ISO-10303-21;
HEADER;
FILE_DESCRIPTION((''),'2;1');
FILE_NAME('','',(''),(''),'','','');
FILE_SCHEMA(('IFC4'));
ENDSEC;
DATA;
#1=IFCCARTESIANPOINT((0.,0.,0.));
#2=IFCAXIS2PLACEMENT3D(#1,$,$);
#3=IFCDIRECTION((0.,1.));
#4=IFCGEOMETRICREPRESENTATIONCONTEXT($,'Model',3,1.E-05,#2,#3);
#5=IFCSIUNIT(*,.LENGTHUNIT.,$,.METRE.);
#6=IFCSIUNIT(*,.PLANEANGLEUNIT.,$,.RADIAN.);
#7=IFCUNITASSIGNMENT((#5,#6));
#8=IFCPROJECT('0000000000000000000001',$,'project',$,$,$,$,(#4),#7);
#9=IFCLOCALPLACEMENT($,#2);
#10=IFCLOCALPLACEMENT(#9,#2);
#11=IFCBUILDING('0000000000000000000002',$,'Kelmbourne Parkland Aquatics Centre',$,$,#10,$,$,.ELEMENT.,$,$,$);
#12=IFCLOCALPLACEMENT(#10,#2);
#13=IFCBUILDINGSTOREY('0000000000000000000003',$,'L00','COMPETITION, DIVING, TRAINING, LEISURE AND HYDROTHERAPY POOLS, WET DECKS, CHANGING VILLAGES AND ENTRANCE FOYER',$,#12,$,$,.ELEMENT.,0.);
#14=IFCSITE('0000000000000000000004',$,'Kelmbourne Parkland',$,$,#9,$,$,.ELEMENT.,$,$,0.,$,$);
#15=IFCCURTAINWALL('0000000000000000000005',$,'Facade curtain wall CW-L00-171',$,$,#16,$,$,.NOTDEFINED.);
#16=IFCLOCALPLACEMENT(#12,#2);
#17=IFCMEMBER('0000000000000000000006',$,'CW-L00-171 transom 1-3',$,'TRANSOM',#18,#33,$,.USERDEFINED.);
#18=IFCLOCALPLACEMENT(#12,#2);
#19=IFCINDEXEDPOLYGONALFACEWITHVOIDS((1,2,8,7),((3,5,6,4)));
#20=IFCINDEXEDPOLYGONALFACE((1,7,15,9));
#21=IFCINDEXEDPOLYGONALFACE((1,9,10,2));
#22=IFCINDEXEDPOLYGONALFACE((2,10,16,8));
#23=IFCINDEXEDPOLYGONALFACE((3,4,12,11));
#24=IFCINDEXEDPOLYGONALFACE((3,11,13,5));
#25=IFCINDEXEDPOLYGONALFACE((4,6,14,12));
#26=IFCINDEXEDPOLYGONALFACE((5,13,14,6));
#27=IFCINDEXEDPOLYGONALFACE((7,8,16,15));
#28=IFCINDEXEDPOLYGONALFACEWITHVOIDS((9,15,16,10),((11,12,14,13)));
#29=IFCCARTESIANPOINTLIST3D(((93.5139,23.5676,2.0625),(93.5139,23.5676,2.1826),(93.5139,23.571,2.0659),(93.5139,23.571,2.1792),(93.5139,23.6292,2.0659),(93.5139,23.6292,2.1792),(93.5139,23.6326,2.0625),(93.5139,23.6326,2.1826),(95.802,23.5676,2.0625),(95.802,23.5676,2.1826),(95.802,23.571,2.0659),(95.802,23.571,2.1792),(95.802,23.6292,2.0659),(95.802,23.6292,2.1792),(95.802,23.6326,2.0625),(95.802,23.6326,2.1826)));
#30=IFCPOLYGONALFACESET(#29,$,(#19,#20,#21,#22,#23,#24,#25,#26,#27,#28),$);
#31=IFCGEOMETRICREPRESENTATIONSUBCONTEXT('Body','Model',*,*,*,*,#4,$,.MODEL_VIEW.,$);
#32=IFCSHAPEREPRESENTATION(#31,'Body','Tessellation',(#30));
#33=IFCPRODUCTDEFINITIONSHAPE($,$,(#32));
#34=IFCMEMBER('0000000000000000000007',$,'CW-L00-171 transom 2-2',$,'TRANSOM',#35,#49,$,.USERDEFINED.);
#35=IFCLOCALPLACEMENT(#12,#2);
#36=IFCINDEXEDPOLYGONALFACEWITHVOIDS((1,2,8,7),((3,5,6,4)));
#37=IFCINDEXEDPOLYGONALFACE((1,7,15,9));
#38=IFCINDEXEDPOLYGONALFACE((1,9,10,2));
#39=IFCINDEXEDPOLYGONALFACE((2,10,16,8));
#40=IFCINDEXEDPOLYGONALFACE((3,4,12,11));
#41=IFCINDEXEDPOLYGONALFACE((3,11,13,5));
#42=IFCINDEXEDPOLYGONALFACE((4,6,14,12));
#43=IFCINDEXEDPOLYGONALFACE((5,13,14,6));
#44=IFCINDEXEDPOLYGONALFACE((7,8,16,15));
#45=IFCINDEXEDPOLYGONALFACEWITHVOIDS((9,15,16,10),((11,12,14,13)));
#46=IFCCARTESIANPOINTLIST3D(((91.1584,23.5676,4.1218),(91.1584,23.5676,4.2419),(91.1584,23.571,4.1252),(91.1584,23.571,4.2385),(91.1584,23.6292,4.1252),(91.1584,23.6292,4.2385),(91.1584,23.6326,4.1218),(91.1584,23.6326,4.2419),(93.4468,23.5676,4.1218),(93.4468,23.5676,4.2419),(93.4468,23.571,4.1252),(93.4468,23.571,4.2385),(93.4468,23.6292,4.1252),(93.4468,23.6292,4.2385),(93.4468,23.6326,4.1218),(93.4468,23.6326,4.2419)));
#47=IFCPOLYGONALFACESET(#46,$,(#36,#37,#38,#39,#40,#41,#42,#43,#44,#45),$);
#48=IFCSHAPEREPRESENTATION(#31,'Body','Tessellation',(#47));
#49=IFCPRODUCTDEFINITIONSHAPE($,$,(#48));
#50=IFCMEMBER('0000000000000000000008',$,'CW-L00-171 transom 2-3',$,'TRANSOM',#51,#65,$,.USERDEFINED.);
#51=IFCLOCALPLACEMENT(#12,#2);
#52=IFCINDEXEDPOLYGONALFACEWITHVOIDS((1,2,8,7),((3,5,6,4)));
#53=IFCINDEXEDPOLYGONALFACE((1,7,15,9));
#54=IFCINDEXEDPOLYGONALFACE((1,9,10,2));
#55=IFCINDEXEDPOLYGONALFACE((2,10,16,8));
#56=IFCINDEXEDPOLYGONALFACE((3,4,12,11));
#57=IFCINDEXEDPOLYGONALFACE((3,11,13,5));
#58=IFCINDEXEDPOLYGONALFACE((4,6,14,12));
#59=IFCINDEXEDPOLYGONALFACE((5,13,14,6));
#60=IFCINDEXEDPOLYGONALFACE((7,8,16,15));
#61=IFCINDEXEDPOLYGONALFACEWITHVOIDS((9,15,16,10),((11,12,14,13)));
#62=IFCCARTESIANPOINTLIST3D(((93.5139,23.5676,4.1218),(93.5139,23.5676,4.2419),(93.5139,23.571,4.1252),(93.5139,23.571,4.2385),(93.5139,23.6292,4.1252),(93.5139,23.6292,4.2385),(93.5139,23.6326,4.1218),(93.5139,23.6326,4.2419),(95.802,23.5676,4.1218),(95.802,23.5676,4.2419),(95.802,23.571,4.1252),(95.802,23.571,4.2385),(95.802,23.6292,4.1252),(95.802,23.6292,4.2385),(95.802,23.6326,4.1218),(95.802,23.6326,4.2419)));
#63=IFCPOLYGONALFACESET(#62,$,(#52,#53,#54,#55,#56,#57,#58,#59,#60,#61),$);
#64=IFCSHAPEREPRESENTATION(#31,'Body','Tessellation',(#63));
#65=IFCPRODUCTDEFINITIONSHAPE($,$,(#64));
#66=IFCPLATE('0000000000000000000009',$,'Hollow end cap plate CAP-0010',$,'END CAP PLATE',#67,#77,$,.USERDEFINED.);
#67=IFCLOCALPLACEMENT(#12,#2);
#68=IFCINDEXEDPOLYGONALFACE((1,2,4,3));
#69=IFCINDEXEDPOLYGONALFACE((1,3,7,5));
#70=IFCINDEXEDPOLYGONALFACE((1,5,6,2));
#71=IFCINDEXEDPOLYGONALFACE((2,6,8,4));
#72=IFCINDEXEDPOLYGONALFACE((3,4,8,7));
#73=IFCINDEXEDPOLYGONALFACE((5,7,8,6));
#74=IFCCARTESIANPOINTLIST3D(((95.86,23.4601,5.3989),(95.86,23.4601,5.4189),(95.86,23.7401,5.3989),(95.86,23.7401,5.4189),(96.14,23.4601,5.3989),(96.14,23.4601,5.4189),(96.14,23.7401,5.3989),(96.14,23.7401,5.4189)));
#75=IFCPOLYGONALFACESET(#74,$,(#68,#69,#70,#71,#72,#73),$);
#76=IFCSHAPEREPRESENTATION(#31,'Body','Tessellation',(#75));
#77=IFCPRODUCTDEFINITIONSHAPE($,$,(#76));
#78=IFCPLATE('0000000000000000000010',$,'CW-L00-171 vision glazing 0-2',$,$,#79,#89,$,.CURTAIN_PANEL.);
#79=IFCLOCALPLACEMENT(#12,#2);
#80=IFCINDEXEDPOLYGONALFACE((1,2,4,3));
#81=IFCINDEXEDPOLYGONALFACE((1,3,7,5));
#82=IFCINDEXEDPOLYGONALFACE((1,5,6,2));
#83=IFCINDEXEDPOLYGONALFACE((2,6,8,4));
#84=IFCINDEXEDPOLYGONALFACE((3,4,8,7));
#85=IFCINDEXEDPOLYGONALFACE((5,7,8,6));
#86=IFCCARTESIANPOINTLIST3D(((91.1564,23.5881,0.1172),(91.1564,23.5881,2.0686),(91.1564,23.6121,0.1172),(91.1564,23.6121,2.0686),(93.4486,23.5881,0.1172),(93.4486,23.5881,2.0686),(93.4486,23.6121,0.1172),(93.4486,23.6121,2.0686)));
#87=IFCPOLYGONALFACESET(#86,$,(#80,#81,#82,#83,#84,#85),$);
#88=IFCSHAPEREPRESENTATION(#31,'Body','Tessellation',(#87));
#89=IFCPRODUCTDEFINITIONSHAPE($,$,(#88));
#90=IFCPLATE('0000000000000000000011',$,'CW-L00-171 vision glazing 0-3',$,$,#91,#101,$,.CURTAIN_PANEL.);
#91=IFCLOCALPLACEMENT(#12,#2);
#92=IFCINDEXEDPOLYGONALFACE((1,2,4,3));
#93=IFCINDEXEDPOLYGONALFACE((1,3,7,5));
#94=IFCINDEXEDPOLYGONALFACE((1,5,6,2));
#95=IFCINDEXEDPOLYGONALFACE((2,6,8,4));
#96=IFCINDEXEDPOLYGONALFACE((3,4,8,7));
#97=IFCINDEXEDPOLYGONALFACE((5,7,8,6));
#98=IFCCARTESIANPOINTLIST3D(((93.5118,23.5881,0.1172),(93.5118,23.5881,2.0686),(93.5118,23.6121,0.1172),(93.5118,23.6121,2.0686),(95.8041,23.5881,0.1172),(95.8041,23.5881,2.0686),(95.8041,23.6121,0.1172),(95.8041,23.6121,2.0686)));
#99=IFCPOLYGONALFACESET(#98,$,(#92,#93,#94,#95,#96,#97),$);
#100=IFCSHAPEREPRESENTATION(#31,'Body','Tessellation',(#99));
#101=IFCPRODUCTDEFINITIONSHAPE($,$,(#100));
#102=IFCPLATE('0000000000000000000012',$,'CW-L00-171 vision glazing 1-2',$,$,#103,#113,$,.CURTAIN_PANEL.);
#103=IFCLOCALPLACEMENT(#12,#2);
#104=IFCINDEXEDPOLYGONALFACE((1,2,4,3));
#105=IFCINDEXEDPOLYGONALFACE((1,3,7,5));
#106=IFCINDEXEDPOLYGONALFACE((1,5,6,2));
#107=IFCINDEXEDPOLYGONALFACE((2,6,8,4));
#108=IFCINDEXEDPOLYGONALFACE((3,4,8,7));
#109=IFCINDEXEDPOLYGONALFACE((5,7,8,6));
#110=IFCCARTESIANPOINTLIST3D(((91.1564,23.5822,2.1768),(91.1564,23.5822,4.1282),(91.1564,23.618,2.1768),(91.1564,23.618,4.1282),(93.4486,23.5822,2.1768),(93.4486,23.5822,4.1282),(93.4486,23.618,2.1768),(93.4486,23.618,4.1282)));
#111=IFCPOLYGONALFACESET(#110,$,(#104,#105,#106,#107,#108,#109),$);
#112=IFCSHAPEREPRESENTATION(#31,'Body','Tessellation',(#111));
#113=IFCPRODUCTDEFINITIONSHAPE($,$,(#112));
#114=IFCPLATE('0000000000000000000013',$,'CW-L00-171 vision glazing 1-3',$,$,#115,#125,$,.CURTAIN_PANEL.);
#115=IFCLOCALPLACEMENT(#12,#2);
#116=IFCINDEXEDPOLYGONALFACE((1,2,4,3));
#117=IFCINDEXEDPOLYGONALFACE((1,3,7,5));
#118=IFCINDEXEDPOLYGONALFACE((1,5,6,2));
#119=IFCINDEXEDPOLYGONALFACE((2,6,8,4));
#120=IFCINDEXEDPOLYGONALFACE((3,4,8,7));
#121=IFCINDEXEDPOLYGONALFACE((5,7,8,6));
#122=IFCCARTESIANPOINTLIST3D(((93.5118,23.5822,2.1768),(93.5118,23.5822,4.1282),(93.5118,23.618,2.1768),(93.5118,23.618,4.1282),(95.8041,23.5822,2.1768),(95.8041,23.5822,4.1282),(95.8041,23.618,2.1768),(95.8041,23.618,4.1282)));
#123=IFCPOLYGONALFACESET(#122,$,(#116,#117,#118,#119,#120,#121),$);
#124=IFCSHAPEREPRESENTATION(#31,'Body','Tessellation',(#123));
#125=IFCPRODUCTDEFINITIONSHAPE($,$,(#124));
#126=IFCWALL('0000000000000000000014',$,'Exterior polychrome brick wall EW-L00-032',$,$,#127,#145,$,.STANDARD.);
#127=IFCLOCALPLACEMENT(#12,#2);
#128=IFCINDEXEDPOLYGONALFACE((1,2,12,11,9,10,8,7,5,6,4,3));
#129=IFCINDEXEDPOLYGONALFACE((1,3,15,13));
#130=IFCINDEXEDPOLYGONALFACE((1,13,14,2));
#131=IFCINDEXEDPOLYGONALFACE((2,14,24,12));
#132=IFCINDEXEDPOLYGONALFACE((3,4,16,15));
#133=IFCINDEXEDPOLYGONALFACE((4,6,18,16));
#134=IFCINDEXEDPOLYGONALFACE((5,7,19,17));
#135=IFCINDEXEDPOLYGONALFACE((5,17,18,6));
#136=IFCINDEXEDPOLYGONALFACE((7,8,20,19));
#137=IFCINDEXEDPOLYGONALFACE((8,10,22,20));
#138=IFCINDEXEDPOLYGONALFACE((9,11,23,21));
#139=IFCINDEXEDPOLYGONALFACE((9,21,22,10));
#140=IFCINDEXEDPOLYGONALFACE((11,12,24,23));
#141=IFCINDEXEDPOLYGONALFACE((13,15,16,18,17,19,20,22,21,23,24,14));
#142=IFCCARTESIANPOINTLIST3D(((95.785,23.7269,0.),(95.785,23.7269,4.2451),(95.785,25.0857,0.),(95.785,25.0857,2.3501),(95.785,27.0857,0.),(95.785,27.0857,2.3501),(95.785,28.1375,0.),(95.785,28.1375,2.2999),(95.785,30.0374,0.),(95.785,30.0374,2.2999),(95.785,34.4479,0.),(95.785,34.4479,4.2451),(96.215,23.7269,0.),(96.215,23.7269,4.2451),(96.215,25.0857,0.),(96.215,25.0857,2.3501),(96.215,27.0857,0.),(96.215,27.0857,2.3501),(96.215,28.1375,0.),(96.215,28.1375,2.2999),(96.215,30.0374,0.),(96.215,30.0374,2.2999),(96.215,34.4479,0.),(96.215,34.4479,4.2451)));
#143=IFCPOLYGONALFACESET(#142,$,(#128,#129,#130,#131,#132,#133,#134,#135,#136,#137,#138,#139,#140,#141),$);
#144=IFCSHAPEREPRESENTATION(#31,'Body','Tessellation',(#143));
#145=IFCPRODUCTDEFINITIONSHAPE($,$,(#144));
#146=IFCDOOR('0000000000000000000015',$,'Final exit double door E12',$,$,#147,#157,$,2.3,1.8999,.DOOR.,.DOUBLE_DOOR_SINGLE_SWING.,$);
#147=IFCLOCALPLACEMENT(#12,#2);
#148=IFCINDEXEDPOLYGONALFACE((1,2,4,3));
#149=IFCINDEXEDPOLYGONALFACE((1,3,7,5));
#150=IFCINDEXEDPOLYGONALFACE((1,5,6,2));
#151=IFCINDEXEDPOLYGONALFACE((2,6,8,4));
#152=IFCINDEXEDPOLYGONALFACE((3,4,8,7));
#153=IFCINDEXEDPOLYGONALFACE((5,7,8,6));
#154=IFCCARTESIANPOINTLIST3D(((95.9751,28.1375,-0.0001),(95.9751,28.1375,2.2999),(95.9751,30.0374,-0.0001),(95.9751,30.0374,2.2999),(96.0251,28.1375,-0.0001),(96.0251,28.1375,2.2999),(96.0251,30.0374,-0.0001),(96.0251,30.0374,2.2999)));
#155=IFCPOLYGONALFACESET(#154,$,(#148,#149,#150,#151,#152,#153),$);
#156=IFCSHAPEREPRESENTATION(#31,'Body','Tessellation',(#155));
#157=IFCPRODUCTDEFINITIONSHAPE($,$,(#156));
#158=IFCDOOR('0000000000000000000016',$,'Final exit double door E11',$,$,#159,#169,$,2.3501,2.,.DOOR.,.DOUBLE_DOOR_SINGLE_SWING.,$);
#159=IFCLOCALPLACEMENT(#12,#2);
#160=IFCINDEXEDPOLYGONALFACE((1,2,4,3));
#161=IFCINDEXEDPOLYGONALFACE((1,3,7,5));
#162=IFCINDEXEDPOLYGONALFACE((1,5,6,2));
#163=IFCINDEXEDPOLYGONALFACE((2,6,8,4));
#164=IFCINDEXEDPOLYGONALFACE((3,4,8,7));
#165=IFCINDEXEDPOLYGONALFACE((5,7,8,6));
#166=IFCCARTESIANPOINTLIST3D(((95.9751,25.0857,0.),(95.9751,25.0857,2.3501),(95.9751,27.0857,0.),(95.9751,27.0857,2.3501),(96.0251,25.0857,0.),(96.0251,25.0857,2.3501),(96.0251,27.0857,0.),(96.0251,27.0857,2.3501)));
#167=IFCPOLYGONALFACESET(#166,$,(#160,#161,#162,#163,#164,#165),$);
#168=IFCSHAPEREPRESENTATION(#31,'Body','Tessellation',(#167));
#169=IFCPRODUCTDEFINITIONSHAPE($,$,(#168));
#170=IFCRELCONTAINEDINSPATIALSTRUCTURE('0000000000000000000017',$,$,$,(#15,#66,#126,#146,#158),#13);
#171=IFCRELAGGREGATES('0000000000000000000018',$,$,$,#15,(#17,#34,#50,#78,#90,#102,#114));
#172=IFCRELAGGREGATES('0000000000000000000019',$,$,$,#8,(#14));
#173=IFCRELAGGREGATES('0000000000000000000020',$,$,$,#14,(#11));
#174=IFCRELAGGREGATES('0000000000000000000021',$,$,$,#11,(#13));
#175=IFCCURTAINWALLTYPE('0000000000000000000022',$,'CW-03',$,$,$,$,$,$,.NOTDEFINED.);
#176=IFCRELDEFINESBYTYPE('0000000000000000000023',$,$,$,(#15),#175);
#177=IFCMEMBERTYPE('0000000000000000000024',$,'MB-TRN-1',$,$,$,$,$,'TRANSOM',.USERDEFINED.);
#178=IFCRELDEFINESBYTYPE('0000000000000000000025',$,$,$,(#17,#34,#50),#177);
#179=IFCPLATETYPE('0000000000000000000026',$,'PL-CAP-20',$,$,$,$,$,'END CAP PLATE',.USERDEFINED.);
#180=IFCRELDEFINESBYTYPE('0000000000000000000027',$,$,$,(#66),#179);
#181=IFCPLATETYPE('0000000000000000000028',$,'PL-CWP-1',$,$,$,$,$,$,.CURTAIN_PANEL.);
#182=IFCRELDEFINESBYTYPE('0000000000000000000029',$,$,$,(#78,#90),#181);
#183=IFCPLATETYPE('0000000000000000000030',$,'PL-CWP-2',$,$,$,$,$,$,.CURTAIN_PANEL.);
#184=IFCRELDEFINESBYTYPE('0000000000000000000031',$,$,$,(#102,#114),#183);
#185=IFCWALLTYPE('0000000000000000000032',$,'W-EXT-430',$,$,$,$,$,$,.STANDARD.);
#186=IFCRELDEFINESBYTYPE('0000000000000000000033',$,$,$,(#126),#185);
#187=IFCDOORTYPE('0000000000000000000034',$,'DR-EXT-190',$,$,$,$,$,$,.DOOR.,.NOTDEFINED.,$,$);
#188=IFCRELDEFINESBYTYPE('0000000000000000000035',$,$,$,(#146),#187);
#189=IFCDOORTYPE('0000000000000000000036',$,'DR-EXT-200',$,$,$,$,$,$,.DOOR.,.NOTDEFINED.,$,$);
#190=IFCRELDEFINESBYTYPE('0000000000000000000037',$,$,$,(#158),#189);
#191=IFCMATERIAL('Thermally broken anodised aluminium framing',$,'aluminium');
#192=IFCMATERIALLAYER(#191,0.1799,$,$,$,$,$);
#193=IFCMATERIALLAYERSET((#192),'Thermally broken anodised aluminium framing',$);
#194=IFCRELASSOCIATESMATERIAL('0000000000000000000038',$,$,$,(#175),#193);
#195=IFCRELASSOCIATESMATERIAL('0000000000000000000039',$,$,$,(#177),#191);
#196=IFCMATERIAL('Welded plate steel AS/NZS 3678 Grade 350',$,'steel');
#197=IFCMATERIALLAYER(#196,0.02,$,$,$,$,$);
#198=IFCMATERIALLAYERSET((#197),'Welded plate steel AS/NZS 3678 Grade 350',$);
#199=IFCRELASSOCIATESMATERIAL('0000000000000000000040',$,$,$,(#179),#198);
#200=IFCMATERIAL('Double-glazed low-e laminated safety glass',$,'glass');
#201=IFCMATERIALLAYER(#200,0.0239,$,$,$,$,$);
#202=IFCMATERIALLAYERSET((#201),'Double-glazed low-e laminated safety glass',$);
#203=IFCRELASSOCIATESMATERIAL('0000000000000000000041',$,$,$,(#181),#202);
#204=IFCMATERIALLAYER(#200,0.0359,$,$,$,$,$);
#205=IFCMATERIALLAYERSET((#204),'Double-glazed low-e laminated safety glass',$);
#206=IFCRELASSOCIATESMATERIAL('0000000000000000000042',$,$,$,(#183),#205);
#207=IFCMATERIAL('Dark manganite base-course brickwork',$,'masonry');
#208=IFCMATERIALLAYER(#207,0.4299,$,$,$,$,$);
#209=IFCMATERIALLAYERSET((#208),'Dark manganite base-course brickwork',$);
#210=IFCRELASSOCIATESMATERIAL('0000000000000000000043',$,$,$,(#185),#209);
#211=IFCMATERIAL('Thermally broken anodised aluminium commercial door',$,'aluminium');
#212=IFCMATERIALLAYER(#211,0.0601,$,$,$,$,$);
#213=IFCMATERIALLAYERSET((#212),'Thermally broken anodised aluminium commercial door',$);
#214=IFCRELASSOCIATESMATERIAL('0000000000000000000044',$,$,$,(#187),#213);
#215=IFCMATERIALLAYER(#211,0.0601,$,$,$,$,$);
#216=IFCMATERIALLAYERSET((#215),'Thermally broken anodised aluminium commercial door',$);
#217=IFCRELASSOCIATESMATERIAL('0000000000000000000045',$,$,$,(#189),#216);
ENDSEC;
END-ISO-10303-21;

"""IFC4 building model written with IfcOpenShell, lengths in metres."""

from ifc_helpers import new_model, si_unit, direction, frame, frame_2d, origin, origin_2d, place, context, subcontext, project, spatial, rectangle, hollow_rectangle, extrude, material, layer, layer_set, material_profile, profile_set, type_object, element, fill, aggregate, save


model = new_model("IFC4")

# Units and contexts
model_context = context("Model", 3, precision=1e-05, world=origin(), true_north=direction((0.0, 1.0)))
body_context = subcontext(model_context, "Body", "Model", "MODEL_VIEW")
ifc_project = project(units=[si_unit("LENGTHUNIT", "METRE"), si_unit("PLANEANGLEUNIT", "RADIAN")], contexts=[model_context])

# Site, building, storey
site_placement = place(None, origin())
site = spatial("IfcSite", under=ifc_project, at=site_placement, Name="Kelmbourne Parkland", CompositionType="ELEMENT", RefElevation=0.0)
building_placement = place(site_placement, origin())
building = spatial("IfcBuilding", under=site, at=building_placement, Name="Kelmbourne Parkland Aquatics Centre", CompositionType="ELEMENT")
storey_placement = place(building_placement, origin())
storey = spatial("IfcBuildingStorey", under=building, at=storey_placement, Name="L00", Description="COMPETITION, DIVING, TRAINING, LEISURE AND HYDROTHERAPY POOLS, WET DECKS, CHANGING VILLAGES AND ENTRANCE FOYER", CompositionType="ELEMENT", Elevation=0.0)

# Curtain wall, members
ifc_material_1 = material(Name="Thermally broken anodised aluminium framing", Category="aluminium")
ifc_layer_1 = layer(ifc_material_1, 0.1799)
ifc_layer_set_1 = layer_set([ifc_layer_1], Name="Thermally broken anodised aluminium framing")
curtain_wall_type = type_object("IfcCurtainWallType", Name="CW-03", PredefinedType="NOTDEFINED", material=ifc_layer_set_1)
curtain_wall_placement = place(storey_placement, origin())
curtain_wall = element("IfcCurtainWall", 1, at=curtain_wall_placement, inside=storey, type_object=curtain_wall_type, Name="Facade curtain wall CW-L00-171", PredefinedType="NOTDEFINED")
ifc_material_profile_1 = material_profile(ifc_material_1, hollow_rectangle(XDim=0.0649, YDim=0.1201, WallThickness=0.0034, at=origin_2d()), Name="CW-T 65x120")
ifc_profile_set_1 = profile_set([ifc_material_profile_1], Name="Thermally broken anodised aluminium framing")
member_type_1 = type_object("IfcMemberType", Name="MB-TRN-1", ElementType="TRANSOM", PredefinedType="USERDEFINED", material=ifc_profile_set_1)
member_1_placement = place(storey_placement, frame((93.5139, 23.6001, 2.1226), z_axis=(1.0, 0.0, 0.0), x_axis=(0.0, 1.0, 0.0)))
member_1 = element("IfcMember", 2, at=member_1_placement, type_object=member_type_1, Name="CW-L00-171 transom 1-3", ObjectType="TRANSOM", PredefinedType="USERDEFINED", context=body_context, shape_type="SweptSolid", body=[
    extrude(hollow_rectangle(XDim=0.0649, YDim=0.1201, WallThickness=0.0034, at=origin_2d()), origin(), (0.0, 0.0, 1.0), 2.2881),
])
member_2_placement = place(storey_placement, frame((91.1584, 23.6001, 4.1819), z_axis=(1.0, 0.0, 0.0), x_axis=(0.0, 1.0, 0.0)))
member_2 = element("IfcMember", 3, at=member_2_placement, type_object=member_type_1, Name="CW-L00-171 transom 2-2", ObjectType="TRANSOM", PredefinedType="USERDEFINED", context=body_context, shape_type="SweptSolid", body=[
    extrude(hollow_rectangle(XDim=0.0649, YDim=0.1201, WallThickness=0.0034, at=origin_2d()), origin(), (0.0, 0.0, 1.0), 2.2883),
])
member_3_placement = place(storey_placement, frame((93.5139, 23.6001, 4.1819), z_axis=(1.0, 0.0, 0.0), x_axis=(0.0, 1.0, 0.0)))
member_3 = element("IfcMember", 4, at=member_3_placement, type_object=member_type_1, Name="CW-L00-171 transom 2-3", ObjectType="TRANSOM", PredefinedType="USERDEFINED", context=body_context, shape_type="SweptSolid", body=[
    extrude(hollow_rectangle(XDim=0.0649, YDim=0.1201, WallThickness=0.0034, at=origin_2d()), origin(), (0.0, 0.0, 1.0), 2.2881),
])

# Plates
ifc_material_2 = material(Name="Welded plate steel AS/NZS 3678 Grade 350", Category="steel")
ifc_layer_2 = layer(ifc_material_2, 0.02)
ifc_layer_set_2 = layer_set([ifc_layer_2], Name="Welded plate steel AS/NZS 3678 Grade 350")
plate_type_1 = type_object("IfcPlateType", Name="PL-CAP-20", ElementType="END CAP PLATE", PredefinedType="USERDEFINED", material=ifc_layer_set_2)
plate_1_placement = place(storey_placement, frame((96.0, 23.6001, 5.3989), z_axis=(0.0, 0.0, 1.0), x_axis=(1.0, 0.0, 0.0)))
element("IfcPlate", 5, at=plate_1_placement, inside=storey, type_object=plate_type_1, Name="Hollow end cap plate CAP-0010", ObjectType="END CAP PLATE", PredefinedType="USERDEFINED", context=body_context, shape_type="SweptSolid", body=[
    extrude(rectangle(XDim=0.28, YDim=0.28, at=origin_2d()), origin(), (0.0, 0.0, 1.0), 0.02),
])
ifc_material_3 = material(Name="Double-glazed low-e laminated safety glass", Category="glass")
ifc_layer_3 = layer(ifc_material_3, 0.0239)
ifc_layer_set_3 = layer_set([ifc_layer_3], Name="Double-glazed low-e laminated safety glass")
plate_type_2 = type_object("IfcPlateType", Name="PL-CWP-1", PredefinedType="CURTAIN_PANEL", material=ifc_layer_set_3)
plate_2_placement = place(storey_placement, frame((92.3025, 23.6001, 0.1172), z_axis=(0.0, 0.0, 1.0), x_axis=(1.0, 0.0, 0.0)))
plate_2 = element("IfcPlate", 6, at=plate_2_placement, type_object=plate_type_2, Name="CW-L00-171 vision glazing 0-2", PredefinedType="CURTAIN_PANEL", context=body_context, shape_type="SweptSolid", body=[
    extrude(rectangle(XDim=2.2922, YDim=0.0239, at=origin_2d()), origin(), (0.0, 0.0, 1.0), 1.9514),
])
plate_3_placement = place(storey_placement, frame((94.658, 23.6001, 0.1172), z_axis=(0.0, 0.0, 1.0), x_axis=(1.0, 0.0, 0.0)))
plate_3 = element("IfcPlate", 7, at=plate_3_placement, type_object=plate_type_2, Name="CW-L00-171 vision glazing 0-3", PredefinedType="CURTAIN_PANEL", context=body_context, shape_type="SweptSolid", body=[
    extrude(rectangle(XDim=2.2922, YDim=0.0239, at=origin_2d()), origin(), (0.0, 0.0, 1.0), 1.9514),
])
ifc_layer_4 = layer(ifc_material_3, 0.0359)
ifc_layer_set_4 = layer_set([ifc_layer_4], Name="Double-glazed low-e laminated safety glass")
plate_type_3 = type_object("IfcPlateType", Name="PL-CWP-2", PredefinedType="CURTAIN_PANEL", material=ifc_layer_set_4)
plate_4_placement = place(storey_placement, frame((92.3025, 23.6001, 2.1768), z_axis=(0.0, 0.0, 1.0), x_axis=(1.0, 0.0, 0.0)))
plate_4 = element("IfcPlate", 8, at=plate_4_placement, type_object=plate_type_3, Name="CW-L00-171 vision glazing 1-2", PredefinedType="CURTAIN_PANEL", context=body_context, shape_type="SweptSolid", body=[
    extrude(rectangle(XDim=2.2922, YDim=0.0359, at=origin_2d()), origin(), (0.0, 0.0, 1.0), 1.9514),
])
plate_5_placement = place(storey_placement, frame((94.658, 23.6001, 2.1768), z_axis=(0.0, 0.0, 1.0), x_axis=(1.0, 0.0, 0.0)))
plate_5 = element("IfcPlate", 9, at=plate_5_placement, type_object=plate_type_3, Name="CW-L00-171 vision glazing 1-3", PredefinedType="CURTAIN_PANEL", context=body_context, shape_type="SweptSolid", body=[
    extrude(rectangle(XDim=2.2922, YDim=0.0359, at=origin_2d()), origin(), (0.0, 0.0, 1.0), 1.9514),
])
aggregate(curtain_wall, [member_1, member_2, member_3, plate_2, plate_3, plate_4, plate_5])

# Wall, openings, doors
ifc_material_4 = material(Name="Dark manganite base-course brickwork", Category="masonry")
ifc_layer_5 = layer(ifc_material_4, 0.4299)
ifc_layer_set_5 = layer_set([ifc_layer_5], Name="Dark manganite base-course brickwork")
wall_type = type_object("IfcWallType", Name="W-EXT-430", PredefinedType="STANDARD", material=ifc_layer_set_5)
wall_placement = place(storey_placement, frame((96.0, 23.7271, 0.0), z_axis=(0.0, 0.0, 1.0), x_axis=(0.0, 1.0, 0.0)))
wall = element("IfcWall", 10, at=wall_placement, inside=storey, type_object=wall_type, Name="Exterior polychrome brick wall EW-L00-032", PredefinedType="STANDARD", context=body_context, shape_type="SweptSolid", body=[
    extrude(rectangle(XDim=10.7209, YDim=0.4299, at=frame_2d((5.3604, 0.0))), origin(), (0.0, 0.0, 1.0), 4.2451),
])
opening_1_placement = place(wall_placement, frame((1.3586, 0.0, 0.0)))
opening_1 = element("IfcOpeningElement", 11, at=opening_1_placement, cuts=wall, PredefinedType="OPENING", context=body_context, shape_type="SweptSolid", body=[
    extrude(rectangle(XDim=2.0, YDim=2.3501, at=frame_2d((1.0, 1.175))), frame((0.0, 0.2271, 0.0), z_axis=(0.0, -1.0, 0.0), x_axis=(1.0, 0.0, 0.0)), (0.0, 0.0, 1.0), 0.4539),
])
opening_2_placement = place(wall_placement, frame((4.4104, 0.0, 0.0)))
opening_2 = element("IfcOpeningElement", 12, at=opening_2_placement, cuts=wall, PredefinedType="OPENING", context=body_context, shape_type="SweptSolid", body=[
    extrude(rectangle(XDim=1.8999, YDim=2.3, at=frame_2d((0.95, 1.1499))), frame((0.0, 0.2271, 0.0), z_axis=(0.0, -1.0, 0.0), x_axis=(1.0, 0.0, 0.0)), (0.0, 0.0, 1.0), 0.4539),
])
ifc_material_5 = material(Name="Thermally broken anodised aluminium commercial door", Category="aluminium")
ifc_layer_6 = layer(ifc_material_5, 0.0601)
ifc_layer_set_6 = layer_set([ifc_layer_6], Name="Thermally broken anodised aluminium commercial door")
door_type_1 = type_object("IfcDoorType", Name="DR-EXT-190", OperationType="NOTDEFINED", PredefinedType="DOOR", material=ifc_layer_set_6)
door_1_placement = place(opening_2_placement, origin())
door_1 = element("IfcDoor", 13, at=door_1_placement, inside=storey, type_object=door_type_1, Name="Final exit double door E12", OperationType="DOUBLE_DOOR_SINGLE_SWING", OverallHeight=2.3, OverallWidth=1.8999, PredefinedType="DOOR", context=body_context, shape_type="SweptSolid", body=[
    extrude(rectangle(XDim=1.8999, YDim=2.3, at=frame_2d((0.95, 1.1499))), frame((0.0, 0.0249, 0.0), z_axis=(0.0, -1.0, 0.0), x_axis=(1.0, 0.0, 0.0)), (0.0, 0.0, 1.0), 0.05),
])
fill(opening_2, door_1)
ifc_layer_7 = layer(ifc_material_5, 0.0601)
ifc_layer_set_7 = layer_set([ifc_layer_7], Name="Thermally broken anodised aluminium commercial door")
door_type_2 = type_object("IfcDoorType", Name="DR-EXT-200", OperationType="NOTDEFINED", PredefinedType="DOOR", material=ifc_layer_set_7)
door_2_placement = place(opening_1_placement, origin())
door_2 = element("IfcDoor", 14, at=door_2_placement, inside=storey, type_object=door_type_2, Name="Final exit double door E11", OperationType="DOUBLE_DOOR_SINGLE_SWING", OverallHeight=2.3501, OverallWidth=2.0, PredefinedType="DOOR", context=body_context, shape_type="SweptSolid", body=[
    extrude(rectangle(XDim=2.0, YDim=2.3501, at=frame_2d((1.0, 1.175))), frame((0.0, 0.0249, 0.0), z_axis=(0.0, -1.0, 0.0), x_axis=(1.0, 0.0, 0.0)), (0.0, 0.0, 1.0), 0.05),
])
fill(opening_1, door_2)

save(model, "model.ifc")
